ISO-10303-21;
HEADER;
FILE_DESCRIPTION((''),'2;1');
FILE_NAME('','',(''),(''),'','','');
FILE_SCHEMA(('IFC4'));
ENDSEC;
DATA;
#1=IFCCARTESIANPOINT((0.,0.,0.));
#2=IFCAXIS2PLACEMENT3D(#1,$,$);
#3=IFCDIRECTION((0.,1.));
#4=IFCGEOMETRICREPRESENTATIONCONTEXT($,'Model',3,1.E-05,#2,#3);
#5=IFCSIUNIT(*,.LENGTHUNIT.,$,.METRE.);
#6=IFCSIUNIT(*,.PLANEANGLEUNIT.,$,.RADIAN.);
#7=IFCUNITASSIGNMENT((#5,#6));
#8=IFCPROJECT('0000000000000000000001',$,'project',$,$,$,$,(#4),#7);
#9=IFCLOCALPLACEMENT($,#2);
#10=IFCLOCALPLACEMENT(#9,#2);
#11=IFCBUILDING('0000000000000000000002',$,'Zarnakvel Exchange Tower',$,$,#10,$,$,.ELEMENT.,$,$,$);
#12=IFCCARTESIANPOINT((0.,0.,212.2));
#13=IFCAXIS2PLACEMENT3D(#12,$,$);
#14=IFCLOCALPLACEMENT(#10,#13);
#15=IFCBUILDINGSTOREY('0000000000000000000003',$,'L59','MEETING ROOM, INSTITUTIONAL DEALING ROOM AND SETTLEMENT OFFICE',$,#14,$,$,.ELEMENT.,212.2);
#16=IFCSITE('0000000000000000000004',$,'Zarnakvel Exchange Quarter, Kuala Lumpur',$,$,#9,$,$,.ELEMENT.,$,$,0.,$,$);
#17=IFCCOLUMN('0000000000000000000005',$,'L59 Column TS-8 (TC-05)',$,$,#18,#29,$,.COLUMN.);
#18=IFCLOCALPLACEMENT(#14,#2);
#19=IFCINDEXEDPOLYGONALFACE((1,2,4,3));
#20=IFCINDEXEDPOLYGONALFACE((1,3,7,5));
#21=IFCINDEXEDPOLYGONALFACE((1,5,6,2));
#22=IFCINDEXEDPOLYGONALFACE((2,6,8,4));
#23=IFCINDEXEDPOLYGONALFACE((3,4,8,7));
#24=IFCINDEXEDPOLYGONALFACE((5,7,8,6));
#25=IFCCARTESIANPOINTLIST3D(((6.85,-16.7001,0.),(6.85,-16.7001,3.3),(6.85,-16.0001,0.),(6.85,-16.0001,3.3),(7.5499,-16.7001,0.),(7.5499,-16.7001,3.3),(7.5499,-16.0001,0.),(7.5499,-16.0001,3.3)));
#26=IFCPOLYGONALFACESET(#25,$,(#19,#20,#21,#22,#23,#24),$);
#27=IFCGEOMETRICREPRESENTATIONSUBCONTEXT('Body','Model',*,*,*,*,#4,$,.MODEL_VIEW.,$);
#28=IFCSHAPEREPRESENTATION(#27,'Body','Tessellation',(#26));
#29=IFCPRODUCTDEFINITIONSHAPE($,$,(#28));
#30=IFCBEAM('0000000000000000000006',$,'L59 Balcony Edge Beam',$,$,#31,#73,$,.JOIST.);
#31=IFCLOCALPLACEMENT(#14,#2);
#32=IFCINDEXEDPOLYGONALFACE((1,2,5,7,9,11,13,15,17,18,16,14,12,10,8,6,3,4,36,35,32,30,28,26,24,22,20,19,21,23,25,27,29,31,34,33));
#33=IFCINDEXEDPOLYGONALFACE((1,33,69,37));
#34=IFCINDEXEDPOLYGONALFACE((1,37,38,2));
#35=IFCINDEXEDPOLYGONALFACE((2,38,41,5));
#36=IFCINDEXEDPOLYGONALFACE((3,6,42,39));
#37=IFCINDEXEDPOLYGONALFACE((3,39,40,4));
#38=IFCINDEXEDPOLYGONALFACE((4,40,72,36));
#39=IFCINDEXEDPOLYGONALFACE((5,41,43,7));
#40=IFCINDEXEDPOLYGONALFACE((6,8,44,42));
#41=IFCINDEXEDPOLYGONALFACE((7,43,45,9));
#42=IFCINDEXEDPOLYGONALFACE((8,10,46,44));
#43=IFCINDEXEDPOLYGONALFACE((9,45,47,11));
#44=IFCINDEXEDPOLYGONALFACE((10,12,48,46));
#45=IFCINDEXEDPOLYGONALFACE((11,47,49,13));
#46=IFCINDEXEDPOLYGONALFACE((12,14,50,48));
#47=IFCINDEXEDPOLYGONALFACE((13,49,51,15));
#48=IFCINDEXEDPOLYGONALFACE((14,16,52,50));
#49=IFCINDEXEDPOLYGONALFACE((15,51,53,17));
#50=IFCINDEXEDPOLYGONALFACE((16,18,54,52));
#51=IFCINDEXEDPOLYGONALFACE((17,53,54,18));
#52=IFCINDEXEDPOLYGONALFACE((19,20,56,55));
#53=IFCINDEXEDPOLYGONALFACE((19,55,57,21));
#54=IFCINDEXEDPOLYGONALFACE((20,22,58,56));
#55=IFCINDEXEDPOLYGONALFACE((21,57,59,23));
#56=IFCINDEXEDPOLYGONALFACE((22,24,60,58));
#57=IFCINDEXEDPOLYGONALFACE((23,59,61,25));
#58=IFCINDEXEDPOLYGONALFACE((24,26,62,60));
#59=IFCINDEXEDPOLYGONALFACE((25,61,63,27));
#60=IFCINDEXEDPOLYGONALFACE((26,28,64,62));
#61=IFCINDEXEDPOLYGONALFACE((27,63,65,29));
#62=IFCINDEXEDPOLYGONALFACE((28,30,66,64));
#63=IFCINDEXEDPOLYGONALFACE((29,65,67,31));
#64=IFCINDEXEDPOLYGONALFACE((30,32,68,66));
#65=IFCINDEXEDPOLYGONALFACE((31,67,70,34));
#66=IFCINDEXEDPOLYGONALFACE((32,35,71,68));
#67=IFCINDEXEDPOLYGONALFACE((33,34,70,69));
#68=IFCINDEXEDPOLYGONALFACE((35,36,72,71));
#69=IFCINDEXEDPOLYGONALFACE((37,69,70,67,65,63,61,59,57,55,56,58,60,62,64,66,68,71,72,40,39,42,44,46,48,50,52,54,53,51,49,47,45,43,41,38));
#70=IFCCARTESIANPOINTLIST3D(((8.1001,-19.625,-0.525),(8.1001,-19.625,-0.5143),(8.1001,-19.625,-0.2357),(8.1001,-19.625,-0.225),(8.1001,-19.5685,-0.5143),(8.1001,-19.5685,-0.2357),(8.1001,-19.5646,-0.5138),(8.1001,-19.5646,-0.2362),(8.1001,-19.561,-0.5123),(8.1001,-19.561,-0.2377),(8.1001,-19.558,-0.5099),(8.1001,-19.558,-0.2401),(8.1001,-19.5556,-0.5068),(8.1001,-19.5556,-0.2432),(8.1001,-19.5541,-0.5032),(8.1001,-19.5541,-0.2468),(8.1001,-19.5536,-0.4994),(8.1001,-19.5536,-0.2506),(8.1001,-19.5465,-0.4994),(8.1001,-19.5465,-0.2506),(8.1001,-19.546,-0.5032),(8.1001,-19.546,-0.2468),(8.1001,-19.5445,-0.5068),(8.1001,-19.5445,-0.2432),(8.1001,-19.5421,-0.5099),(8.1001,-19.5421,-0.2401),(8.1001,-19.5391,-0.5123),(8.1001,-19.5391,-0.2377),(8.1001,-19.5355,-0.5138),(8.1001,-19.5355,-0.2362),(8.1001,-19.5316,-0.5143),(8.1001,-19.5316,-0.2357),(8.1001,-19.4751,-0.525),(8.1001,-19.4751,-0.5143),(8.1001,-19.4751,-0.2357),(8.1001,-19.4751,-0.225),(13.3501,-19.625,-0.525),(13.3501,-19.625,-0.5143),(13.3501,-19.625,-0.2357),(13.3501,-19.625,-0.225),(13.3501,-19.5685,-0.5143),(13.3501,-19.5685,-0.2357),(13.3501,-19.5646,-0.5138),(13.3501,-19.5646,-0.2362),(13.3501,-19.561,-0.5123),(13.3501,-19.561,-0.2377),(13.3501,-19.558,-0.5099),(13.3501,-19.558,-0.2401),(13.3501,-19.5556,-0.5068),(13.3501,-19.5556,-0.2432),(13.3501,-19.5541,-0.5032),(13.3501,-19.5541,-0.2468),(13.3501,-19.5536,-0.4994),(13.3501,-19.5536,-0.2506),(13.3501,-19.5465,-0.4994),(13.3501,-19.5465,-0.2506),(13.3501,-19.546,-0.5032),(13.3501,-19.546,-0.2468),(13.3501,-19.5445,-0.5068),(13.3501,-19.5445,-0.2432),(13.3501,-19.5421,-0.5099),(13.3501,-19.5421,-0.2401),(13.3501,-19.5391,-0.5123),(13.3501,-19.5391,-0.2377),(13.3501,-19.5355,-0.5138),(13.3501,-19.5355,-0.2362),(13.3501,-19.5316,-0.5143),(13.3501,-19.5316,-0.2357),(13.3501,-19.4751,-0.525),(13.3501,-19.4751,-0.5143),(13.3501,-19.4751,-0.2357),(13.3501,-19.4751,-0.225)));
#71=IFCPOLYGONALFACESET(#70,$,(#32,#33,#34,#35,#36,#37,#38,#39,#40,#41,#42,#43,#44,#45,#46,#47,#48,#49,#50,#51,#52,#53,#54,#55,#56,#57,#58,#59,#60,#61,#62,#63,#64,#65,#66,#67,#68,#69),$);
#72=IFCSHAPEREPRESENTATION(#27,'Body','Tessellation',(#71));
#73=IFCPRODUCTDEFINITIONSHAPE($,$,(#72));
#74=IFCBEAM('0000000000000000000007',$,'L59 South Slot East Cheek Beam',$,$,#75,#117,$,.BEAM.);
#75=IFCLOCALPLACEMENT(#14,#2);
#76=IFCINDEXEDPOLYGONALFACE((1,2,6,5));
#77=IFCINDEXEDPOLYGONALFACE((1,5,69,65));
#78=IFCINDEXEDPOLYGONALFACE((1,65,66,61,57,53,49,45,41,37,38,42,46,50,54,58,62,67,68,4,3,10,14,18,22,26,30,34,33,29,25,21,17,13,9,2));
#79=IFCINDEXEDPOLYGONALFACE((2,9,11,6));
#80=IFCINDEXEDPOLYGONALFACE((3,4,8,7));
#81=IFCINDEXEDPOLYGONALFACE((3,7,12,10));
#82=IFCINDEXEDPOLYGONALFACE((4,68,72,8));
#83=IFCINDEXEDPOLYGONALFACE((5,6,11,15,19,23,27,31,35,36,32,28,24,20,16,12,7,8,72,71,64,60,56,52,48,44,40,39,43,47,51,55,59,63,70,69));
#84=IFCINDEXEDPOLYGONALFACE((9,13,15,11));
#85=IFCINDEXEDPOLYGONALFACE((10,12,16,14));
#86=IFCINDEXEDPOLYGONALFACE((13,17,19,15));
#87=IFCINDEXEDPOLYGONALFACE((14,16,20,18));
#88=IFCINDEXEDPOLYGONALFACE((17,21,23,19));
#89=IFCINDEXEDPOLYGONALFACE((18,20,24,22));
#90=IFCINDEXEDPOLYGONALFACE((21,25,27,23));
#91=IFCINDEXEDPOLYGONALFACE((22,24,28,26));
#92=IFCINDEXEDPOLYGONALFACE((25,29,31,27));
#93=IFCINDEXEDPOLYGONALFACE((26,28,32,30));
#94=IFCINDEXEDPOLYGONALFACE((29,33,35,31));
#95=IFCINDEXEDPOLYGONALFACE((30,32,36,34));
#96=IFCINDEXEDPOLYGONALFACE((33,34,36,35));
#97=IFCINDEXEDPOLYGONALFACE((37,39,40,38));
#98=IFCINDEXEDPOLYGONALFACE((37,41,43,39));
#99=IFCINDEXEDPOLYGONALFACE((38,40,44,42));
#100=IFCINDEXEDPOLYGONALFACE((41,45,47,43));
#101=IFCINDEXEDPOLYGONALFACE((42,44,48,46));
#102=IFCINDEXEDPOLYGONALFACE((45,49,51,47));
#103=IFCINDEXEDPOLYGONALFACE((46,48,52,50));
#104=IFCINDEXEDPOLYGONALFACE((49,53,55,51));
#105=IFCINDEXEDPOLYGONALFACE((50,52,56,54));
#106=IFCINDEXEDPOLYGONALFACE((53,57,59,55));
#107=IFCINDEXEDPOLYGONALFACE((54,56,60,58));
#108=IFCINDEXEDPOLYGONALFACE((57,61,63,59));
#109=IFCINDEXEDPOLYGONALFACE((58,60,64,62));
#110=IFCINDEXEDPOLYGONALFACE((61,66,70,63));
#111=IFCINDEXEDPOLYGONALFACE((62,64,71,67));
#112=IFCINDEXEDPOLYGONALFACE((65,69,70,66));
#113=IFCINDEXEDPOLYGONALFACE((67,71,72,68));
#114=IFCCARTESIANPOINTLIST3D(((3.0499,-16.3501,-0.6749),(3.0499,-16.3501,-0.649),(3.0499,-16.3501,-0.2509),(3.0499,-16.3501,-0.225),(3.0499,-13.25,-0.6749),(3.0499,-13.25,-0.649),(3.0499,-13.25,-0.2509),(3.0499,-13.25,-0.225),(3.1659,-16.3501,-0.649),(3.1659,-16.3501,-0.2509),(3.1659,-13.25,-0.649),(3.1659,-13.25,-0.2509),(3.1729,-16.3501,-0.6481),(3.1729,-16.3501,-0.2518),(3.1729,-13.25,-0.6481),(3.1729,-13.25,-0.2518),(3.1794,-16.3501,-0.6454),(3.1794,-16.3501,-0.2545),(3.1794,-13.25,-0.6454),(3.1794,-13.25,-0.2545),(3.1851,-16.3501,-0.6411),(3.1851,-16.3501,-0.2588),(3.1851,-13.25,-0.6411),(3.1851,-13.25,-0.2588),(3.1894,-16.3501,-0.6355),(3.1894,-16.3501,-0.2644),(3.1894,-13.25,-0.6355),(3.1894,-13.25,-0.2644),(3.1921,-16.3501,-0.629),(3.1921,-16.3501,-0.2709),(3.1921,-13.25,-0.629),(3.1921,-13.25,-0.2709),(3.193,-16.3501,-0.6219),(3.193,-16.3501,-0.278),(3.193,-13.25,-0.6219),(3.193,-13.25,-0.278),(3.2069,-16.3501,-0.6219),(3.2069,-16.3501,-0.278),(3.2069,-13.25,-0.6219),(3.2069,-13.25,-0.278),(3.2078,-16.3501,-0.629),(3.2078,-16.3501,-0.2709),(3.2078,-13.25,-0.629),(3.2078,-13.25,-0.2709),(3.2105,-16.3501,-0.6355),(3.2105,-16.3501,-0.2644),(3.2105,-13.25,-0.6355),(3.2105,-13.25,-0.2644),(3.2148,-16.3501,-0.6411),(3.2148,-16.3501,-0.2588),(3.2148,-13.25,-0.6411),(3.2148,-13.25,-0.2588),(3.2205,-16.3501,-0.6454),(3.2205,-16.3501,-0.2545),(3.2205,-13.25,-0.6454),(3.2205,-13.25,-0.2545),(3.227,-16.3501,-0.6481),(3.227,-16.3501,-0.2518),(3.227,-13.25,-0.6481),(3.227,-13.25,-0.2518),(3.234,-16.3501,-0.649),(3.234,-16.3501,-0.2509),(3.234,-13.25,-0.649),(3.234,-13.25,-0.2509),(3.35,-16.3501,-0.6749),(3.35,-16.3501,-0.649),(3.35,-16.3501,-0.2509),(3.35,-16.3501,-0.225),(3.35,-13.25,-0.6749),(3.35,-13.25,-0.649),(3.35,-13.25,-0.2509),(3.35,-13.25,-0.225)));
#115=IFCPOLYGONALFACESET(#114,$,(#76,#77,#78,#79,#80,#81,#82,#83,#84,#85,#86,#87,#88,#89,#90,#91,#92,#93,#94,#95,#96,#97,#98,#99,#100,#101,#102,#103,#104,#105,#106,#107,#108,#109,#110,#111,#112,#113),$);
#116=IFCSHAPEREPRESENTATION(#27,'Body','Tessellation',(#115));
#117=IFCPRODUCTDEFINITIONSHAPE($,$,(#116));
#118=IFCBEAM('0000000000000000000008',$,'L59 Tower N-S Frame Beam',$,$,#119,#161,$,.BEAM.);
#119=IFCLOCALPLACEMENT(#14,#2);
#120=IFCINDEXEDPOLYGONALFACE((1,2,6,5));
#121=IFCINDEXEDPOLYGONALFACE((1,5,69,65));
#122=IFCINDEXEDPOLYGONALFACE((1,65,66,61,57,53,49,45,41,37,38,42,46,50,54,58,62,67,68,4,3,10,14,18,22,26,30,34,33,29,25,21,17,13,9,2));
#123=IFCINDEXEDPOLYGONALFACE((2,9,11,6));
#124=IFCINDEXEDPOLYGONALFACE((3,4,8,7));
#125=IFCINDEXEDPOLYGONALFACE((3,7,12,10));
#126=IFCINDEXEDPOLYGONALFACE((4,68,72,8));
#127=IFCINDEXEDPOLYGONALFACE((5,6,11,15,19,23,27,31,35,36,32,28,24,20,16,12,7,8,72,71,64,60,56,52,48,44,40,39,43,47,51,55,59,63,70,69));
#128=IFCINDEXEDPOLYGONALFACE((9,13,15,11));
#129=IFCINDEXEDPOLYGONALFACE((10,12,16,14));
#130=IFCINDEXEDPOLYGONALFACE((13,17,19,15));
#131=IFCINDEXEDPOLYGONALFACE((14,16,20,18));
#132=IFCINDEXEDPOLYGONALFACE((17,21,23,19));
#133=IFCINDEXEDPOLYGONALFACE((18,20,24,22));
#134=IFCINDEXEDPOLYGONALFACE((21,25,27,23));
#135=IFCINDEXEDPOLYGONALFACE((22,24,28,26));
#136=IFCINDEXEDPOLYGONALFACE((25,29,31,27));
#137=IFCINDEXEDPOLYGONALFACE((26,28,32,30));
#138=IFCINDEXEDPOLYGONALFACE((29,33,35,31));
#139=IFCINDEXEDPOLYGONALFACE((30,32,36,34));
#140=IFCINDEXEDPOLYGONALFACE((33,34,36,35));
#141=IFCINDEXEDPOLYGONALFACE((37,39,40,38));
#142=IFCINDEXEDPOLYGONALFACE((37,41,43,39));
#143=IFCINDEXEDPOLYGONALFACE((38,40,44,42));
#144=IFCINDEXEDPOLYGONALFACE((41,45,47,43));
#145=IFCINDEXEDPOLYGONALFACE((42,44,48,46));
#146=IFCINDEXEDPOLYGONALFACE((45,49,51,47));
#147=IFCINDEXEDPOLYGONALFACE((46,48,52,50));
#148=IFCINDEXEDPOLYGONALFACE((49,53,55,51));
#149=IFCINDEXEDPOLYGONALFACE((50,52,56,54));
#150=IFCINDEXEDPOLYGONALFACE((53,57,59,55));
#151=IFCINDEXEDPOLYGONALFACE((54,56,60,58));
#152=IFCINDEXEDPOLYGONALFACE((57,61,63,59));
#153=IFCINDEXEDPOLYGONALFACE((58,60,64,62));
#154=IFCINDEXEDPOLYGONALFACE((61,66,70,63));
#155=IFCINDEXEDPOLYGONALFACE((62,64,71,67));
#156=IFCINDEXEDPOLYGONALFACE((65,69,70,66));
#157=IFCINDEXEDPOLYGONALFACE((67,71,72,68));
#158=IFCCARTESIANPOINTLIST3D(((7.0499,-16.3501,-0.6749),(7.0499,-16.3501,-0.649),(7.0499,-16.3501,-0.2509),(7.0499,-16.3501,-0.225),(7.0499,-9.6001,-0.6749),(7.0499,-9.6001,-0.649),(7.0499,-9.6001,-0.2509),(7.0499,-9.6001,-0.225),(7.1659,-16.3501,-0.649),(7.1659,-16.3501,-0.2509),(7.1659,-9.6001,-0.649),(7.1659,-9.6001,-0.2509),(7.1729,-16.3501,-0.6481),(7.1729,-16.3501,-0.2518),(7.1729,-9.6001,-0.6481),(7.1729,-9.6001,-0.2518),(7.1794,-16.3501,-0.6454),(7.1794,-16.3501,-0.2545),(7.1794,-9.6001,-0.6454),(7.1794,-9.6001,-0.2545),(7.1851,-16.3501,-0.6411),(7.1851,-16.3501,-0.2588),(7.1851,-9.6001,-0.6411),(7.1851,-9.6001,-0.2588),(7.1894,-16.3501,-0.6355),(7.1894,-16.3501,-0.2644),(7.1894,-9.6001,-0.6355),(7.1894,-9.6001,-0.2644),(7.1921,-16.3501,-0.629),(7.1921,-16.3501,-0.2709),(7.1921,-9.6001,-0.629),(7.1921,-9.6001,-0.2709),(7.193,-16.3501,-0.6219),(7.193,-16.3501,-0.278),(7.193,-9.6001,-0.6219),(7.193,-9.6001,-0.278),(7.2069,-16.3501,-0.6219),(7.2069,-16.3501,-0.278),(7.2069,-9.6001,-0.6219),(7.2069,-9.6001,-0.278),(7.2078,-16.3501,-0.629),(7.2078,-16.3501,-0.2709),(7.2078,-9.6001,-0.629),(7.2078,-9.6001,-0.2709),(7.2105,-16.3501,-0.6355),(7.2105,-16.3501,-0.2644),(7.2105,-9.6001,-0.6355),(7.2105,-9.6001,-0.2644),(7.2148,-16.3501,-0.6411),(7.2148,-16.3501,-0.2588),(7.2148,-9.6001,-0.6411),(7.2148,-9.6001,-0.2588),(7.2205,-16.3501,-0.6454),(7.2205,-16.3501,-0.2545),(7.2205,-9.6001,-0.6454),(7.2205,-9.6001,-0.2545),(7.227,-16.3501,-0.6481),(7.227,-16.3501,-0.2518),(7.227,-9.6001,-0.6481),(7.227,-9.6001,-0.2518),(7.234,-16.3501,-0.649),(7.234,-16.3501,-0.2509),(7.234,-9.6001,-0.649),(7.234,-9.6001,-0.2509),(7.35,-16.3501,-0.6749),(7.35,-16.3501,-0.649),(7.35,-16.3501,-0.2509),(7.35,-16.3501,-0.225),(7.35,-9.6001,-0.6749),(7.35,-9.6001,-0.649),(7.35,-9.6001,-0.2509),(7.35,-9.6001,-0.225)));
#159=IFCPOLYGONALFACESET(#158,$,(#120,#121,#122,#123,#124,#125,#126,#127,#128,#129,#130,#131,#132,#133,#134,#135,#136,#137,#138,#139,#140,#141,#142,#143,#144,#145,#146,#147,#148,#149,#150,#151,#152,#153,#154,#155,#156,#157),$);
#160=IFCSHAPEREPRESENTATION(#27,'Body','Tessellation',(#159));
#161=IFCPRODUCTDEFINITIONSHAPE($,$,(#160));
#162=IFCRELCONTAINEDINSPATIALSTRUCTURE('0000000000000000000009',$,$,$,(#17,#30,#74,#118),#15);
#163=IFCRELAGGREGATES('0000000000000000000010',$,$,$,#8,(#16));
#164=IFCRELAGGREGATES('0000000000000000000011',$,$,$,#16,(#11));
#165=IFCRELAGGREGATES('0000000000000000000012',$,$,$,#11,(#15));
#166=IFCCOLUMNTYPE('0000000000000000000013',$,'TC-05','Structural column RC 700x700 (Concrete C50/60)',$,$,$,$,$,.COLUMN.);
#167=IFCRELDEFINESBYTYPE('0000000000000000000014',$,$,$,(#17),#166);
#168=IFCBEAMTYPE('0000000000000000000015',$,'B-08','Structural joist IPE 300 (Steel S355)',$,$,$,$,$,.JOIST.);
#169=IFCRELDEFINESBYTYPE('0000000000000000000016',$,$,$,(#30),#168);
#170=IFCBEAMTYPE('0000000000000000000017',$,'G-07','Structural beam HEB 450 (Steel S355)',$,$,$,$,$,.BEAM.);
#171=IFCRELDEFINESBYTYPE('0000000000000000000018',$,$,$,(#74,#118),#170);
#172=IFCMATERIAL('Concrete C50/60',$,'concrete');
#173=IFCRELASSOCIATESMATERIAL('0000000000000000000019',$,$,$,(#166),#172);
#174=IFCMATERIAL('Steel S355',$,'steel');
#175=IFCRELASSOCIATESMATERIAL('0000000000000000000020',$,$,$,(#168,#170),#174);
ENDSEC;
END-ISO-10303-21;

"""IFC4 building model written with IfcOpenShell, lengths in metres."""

from ifc_helpers import new_model, si_unit, direction, frame, origin, origin_2d, place, context, subcontext, project, spatial, rectangle, i_section, extrude, material, material_profile, profile_set, type_object, element, save


model = new_model("IFC4")

# Units and contexts
model_context = context("Model", 3, precision=1e-05, world=origin(), true_north=direction((0.0, 1.0)))
body_context = subcontext(model_context, "Body", "Model", "MODEL_VIEW")
ifc_project = project(units=[si_unit("LENGTHUNIT", "METRE"), si_unit("PLANEANGLEUNIT", "RADIAN")], contexts=[model_context])

# Site, building, storey
site_placement = place(None, origin())
site = spatial("IfcSite", under=ifc_project, at=site_placement, Name="Zarnakvel Exchange Quarter, Kuala Lumpur", CompositionType="ELEMENT", RefElevation=0.0)
building_placement = place(site_placement, origin())
building = spatial("IfcBuilding", under=site, at=building_placement, Name="Zarnakvel Exchange Tower", CompositionType="ELEMENT")
storey_placement = place(building_placement, frame((0.0, 0.0, 212.2)))
storey = spatial("IfcBuildingStorey", under=building, at=storey_placement, Name="L59", Description="MEETING ROOM, INSTITUTIONAL DEALING ROOM AND SETTLEMENT OFFICE", CompositionType="ELEMENT", Elevation=212.2)

# Column
ifc_material_1 = material(Name="Concrete C50/60", Category="concrete")
ifc_material_profile_1 = material_profile(ifc_material_1, rectangle(XDim=0.7, YDim=0.7, at=origin_2d()))
ifc_profile_set_1 = profile_set([ifc_material_profile_1], Name="Concrete C50/60")
column_type = type_object("IfcColumnType", Name="TC-05", Description="Structural column RC 700x700 (Concrete C50/60)", PredefinedType="COLUMN", material=ifc_profile_set_1)
column_placement = place(storey_placement, frame((7.2, -16.3501, 0.0), z_axis=(0.0, 0.0, 1.0), x_axis=(1.0, 0.0, 0.0)))
element("IfcColumn", 1, at=column_placement, inside=storey, type_object=column_type, Name="L59 Column TS-8 (TC-05)", PredefinedType="COLUMN", context=body_context, shape_type="SweptSolid", body=[
    extrude(rectangle(XDim=0.7, YDim=0.7, at=origin_2d()), origin(), (0.0, 0.0, 1.0), 3.3),
])

# Beams
ifc_material_2 = material(Name="Steel S355", Category="steel")
ifc_material_profile_2 = material_profile(ifc_material_2, i_section(OverallWidth=0.1499, OverallDepth=0.3, WebThickness=0.0071, FlangeThickness=0.0107, FilletRadius=0.0149, at=origin_2d()))
ifc_profile_set_2 = profile_set([ifc_material_profile_2], Name="Steel S355")
beam_type_1 = type_object("IfcBeamType", Name="B-08", Description="Structural joist IPE 300 (Steel S355)", PredefinedType="JOIST", material=ifc_profile_set_2)
beam_1_placement = place(storey_placement, frame((8.1001, -19.55, -0.375), z_axis=(1.0, 0.0, 0.0), x_axis=(0.0, 1.0, 0.0)))
element("IfcBeam", 2, at=beam_1_placement, inside=storey, type_object=beam_type_1, Name="L59 Balcony Edge Beam", PredefinedType="JOIST", context=body_context, shape_type="SweptSolid", body=[
    extrude(i_section(OverallWidth=0.1499, OverallDepth=0.3, WebThickness=0.0071, FlangeThickness=0.0107, FilletRadius=0.0149, at=origin_2d()), origin(), (0.0, 0.0, 1.0), 5.25),
])
ifc_material_profile_3 = material_profile(ifc_material_2, i_section(OverallWidth=0.3, OverallDepth=0.45, WebThickness=0.0139, FlangeThickness=0.0259, FilletRadius=0.0271, at=origin_2d()))
ifc_profile_set_3 = profile_set([ifc_material_profile_3], Name="Steel S355")
beam_type_2 = type_object("IfcBeamType", Name="G-07", Description="Structural beam HEB 450 (Steel S355)", PredefinedType="BEAM", material=ifc_profile_set_3)
beam_2_placement = place(storey_placement, frame((3.2, -16.3501, -0.45), z_axis=(0.0, 1.0, 0.0), x_axis=(-1.0, 0.0, 0.0)))
element("IfcBeam", 3, at=beam_2_placement, inside=storey, type_object=beam_type_2, Name="L59 South Slot East Cheek Beam", PredefinedType="BEAM", context=body_context, shape_type="SweptSolid", body=[
    extrude(i_section(OverallWidth=0.3, OverallDepth=0.45, WebThickness=0.0139, FlangeThickness=0.0259, FilletRadius=0.0271, at=origin_2d()), origin(), (0.0, 0.0, 1.0), 3.1001),
])
beam_3_placement = place(storey_placement, frame((7.2, -16.3501, -0.45), z_axis=(0.0, 1.0, 0.0), x_axis=(-1.0, 0.0, 0.0)))
element("IfcBeam", 4, at=beam_3_placement, inside=storey, type_object=beam_type_2, Name="L59 Tower N-S Frame Beam", PredefinedType="BEAM", context=body_context, shape_type="SweptSolid", body=[
    extrude(i_section(OverallWidth=0.3, OverallDepth=0.45, WebThickness=0.0139, FlangeThickness=0.0259, FilletRadius=0.0271, at=origin_2d()), origin(), (0.0, 0.0, 1.0), 6.75),
])

save(model, "model.ifc")
